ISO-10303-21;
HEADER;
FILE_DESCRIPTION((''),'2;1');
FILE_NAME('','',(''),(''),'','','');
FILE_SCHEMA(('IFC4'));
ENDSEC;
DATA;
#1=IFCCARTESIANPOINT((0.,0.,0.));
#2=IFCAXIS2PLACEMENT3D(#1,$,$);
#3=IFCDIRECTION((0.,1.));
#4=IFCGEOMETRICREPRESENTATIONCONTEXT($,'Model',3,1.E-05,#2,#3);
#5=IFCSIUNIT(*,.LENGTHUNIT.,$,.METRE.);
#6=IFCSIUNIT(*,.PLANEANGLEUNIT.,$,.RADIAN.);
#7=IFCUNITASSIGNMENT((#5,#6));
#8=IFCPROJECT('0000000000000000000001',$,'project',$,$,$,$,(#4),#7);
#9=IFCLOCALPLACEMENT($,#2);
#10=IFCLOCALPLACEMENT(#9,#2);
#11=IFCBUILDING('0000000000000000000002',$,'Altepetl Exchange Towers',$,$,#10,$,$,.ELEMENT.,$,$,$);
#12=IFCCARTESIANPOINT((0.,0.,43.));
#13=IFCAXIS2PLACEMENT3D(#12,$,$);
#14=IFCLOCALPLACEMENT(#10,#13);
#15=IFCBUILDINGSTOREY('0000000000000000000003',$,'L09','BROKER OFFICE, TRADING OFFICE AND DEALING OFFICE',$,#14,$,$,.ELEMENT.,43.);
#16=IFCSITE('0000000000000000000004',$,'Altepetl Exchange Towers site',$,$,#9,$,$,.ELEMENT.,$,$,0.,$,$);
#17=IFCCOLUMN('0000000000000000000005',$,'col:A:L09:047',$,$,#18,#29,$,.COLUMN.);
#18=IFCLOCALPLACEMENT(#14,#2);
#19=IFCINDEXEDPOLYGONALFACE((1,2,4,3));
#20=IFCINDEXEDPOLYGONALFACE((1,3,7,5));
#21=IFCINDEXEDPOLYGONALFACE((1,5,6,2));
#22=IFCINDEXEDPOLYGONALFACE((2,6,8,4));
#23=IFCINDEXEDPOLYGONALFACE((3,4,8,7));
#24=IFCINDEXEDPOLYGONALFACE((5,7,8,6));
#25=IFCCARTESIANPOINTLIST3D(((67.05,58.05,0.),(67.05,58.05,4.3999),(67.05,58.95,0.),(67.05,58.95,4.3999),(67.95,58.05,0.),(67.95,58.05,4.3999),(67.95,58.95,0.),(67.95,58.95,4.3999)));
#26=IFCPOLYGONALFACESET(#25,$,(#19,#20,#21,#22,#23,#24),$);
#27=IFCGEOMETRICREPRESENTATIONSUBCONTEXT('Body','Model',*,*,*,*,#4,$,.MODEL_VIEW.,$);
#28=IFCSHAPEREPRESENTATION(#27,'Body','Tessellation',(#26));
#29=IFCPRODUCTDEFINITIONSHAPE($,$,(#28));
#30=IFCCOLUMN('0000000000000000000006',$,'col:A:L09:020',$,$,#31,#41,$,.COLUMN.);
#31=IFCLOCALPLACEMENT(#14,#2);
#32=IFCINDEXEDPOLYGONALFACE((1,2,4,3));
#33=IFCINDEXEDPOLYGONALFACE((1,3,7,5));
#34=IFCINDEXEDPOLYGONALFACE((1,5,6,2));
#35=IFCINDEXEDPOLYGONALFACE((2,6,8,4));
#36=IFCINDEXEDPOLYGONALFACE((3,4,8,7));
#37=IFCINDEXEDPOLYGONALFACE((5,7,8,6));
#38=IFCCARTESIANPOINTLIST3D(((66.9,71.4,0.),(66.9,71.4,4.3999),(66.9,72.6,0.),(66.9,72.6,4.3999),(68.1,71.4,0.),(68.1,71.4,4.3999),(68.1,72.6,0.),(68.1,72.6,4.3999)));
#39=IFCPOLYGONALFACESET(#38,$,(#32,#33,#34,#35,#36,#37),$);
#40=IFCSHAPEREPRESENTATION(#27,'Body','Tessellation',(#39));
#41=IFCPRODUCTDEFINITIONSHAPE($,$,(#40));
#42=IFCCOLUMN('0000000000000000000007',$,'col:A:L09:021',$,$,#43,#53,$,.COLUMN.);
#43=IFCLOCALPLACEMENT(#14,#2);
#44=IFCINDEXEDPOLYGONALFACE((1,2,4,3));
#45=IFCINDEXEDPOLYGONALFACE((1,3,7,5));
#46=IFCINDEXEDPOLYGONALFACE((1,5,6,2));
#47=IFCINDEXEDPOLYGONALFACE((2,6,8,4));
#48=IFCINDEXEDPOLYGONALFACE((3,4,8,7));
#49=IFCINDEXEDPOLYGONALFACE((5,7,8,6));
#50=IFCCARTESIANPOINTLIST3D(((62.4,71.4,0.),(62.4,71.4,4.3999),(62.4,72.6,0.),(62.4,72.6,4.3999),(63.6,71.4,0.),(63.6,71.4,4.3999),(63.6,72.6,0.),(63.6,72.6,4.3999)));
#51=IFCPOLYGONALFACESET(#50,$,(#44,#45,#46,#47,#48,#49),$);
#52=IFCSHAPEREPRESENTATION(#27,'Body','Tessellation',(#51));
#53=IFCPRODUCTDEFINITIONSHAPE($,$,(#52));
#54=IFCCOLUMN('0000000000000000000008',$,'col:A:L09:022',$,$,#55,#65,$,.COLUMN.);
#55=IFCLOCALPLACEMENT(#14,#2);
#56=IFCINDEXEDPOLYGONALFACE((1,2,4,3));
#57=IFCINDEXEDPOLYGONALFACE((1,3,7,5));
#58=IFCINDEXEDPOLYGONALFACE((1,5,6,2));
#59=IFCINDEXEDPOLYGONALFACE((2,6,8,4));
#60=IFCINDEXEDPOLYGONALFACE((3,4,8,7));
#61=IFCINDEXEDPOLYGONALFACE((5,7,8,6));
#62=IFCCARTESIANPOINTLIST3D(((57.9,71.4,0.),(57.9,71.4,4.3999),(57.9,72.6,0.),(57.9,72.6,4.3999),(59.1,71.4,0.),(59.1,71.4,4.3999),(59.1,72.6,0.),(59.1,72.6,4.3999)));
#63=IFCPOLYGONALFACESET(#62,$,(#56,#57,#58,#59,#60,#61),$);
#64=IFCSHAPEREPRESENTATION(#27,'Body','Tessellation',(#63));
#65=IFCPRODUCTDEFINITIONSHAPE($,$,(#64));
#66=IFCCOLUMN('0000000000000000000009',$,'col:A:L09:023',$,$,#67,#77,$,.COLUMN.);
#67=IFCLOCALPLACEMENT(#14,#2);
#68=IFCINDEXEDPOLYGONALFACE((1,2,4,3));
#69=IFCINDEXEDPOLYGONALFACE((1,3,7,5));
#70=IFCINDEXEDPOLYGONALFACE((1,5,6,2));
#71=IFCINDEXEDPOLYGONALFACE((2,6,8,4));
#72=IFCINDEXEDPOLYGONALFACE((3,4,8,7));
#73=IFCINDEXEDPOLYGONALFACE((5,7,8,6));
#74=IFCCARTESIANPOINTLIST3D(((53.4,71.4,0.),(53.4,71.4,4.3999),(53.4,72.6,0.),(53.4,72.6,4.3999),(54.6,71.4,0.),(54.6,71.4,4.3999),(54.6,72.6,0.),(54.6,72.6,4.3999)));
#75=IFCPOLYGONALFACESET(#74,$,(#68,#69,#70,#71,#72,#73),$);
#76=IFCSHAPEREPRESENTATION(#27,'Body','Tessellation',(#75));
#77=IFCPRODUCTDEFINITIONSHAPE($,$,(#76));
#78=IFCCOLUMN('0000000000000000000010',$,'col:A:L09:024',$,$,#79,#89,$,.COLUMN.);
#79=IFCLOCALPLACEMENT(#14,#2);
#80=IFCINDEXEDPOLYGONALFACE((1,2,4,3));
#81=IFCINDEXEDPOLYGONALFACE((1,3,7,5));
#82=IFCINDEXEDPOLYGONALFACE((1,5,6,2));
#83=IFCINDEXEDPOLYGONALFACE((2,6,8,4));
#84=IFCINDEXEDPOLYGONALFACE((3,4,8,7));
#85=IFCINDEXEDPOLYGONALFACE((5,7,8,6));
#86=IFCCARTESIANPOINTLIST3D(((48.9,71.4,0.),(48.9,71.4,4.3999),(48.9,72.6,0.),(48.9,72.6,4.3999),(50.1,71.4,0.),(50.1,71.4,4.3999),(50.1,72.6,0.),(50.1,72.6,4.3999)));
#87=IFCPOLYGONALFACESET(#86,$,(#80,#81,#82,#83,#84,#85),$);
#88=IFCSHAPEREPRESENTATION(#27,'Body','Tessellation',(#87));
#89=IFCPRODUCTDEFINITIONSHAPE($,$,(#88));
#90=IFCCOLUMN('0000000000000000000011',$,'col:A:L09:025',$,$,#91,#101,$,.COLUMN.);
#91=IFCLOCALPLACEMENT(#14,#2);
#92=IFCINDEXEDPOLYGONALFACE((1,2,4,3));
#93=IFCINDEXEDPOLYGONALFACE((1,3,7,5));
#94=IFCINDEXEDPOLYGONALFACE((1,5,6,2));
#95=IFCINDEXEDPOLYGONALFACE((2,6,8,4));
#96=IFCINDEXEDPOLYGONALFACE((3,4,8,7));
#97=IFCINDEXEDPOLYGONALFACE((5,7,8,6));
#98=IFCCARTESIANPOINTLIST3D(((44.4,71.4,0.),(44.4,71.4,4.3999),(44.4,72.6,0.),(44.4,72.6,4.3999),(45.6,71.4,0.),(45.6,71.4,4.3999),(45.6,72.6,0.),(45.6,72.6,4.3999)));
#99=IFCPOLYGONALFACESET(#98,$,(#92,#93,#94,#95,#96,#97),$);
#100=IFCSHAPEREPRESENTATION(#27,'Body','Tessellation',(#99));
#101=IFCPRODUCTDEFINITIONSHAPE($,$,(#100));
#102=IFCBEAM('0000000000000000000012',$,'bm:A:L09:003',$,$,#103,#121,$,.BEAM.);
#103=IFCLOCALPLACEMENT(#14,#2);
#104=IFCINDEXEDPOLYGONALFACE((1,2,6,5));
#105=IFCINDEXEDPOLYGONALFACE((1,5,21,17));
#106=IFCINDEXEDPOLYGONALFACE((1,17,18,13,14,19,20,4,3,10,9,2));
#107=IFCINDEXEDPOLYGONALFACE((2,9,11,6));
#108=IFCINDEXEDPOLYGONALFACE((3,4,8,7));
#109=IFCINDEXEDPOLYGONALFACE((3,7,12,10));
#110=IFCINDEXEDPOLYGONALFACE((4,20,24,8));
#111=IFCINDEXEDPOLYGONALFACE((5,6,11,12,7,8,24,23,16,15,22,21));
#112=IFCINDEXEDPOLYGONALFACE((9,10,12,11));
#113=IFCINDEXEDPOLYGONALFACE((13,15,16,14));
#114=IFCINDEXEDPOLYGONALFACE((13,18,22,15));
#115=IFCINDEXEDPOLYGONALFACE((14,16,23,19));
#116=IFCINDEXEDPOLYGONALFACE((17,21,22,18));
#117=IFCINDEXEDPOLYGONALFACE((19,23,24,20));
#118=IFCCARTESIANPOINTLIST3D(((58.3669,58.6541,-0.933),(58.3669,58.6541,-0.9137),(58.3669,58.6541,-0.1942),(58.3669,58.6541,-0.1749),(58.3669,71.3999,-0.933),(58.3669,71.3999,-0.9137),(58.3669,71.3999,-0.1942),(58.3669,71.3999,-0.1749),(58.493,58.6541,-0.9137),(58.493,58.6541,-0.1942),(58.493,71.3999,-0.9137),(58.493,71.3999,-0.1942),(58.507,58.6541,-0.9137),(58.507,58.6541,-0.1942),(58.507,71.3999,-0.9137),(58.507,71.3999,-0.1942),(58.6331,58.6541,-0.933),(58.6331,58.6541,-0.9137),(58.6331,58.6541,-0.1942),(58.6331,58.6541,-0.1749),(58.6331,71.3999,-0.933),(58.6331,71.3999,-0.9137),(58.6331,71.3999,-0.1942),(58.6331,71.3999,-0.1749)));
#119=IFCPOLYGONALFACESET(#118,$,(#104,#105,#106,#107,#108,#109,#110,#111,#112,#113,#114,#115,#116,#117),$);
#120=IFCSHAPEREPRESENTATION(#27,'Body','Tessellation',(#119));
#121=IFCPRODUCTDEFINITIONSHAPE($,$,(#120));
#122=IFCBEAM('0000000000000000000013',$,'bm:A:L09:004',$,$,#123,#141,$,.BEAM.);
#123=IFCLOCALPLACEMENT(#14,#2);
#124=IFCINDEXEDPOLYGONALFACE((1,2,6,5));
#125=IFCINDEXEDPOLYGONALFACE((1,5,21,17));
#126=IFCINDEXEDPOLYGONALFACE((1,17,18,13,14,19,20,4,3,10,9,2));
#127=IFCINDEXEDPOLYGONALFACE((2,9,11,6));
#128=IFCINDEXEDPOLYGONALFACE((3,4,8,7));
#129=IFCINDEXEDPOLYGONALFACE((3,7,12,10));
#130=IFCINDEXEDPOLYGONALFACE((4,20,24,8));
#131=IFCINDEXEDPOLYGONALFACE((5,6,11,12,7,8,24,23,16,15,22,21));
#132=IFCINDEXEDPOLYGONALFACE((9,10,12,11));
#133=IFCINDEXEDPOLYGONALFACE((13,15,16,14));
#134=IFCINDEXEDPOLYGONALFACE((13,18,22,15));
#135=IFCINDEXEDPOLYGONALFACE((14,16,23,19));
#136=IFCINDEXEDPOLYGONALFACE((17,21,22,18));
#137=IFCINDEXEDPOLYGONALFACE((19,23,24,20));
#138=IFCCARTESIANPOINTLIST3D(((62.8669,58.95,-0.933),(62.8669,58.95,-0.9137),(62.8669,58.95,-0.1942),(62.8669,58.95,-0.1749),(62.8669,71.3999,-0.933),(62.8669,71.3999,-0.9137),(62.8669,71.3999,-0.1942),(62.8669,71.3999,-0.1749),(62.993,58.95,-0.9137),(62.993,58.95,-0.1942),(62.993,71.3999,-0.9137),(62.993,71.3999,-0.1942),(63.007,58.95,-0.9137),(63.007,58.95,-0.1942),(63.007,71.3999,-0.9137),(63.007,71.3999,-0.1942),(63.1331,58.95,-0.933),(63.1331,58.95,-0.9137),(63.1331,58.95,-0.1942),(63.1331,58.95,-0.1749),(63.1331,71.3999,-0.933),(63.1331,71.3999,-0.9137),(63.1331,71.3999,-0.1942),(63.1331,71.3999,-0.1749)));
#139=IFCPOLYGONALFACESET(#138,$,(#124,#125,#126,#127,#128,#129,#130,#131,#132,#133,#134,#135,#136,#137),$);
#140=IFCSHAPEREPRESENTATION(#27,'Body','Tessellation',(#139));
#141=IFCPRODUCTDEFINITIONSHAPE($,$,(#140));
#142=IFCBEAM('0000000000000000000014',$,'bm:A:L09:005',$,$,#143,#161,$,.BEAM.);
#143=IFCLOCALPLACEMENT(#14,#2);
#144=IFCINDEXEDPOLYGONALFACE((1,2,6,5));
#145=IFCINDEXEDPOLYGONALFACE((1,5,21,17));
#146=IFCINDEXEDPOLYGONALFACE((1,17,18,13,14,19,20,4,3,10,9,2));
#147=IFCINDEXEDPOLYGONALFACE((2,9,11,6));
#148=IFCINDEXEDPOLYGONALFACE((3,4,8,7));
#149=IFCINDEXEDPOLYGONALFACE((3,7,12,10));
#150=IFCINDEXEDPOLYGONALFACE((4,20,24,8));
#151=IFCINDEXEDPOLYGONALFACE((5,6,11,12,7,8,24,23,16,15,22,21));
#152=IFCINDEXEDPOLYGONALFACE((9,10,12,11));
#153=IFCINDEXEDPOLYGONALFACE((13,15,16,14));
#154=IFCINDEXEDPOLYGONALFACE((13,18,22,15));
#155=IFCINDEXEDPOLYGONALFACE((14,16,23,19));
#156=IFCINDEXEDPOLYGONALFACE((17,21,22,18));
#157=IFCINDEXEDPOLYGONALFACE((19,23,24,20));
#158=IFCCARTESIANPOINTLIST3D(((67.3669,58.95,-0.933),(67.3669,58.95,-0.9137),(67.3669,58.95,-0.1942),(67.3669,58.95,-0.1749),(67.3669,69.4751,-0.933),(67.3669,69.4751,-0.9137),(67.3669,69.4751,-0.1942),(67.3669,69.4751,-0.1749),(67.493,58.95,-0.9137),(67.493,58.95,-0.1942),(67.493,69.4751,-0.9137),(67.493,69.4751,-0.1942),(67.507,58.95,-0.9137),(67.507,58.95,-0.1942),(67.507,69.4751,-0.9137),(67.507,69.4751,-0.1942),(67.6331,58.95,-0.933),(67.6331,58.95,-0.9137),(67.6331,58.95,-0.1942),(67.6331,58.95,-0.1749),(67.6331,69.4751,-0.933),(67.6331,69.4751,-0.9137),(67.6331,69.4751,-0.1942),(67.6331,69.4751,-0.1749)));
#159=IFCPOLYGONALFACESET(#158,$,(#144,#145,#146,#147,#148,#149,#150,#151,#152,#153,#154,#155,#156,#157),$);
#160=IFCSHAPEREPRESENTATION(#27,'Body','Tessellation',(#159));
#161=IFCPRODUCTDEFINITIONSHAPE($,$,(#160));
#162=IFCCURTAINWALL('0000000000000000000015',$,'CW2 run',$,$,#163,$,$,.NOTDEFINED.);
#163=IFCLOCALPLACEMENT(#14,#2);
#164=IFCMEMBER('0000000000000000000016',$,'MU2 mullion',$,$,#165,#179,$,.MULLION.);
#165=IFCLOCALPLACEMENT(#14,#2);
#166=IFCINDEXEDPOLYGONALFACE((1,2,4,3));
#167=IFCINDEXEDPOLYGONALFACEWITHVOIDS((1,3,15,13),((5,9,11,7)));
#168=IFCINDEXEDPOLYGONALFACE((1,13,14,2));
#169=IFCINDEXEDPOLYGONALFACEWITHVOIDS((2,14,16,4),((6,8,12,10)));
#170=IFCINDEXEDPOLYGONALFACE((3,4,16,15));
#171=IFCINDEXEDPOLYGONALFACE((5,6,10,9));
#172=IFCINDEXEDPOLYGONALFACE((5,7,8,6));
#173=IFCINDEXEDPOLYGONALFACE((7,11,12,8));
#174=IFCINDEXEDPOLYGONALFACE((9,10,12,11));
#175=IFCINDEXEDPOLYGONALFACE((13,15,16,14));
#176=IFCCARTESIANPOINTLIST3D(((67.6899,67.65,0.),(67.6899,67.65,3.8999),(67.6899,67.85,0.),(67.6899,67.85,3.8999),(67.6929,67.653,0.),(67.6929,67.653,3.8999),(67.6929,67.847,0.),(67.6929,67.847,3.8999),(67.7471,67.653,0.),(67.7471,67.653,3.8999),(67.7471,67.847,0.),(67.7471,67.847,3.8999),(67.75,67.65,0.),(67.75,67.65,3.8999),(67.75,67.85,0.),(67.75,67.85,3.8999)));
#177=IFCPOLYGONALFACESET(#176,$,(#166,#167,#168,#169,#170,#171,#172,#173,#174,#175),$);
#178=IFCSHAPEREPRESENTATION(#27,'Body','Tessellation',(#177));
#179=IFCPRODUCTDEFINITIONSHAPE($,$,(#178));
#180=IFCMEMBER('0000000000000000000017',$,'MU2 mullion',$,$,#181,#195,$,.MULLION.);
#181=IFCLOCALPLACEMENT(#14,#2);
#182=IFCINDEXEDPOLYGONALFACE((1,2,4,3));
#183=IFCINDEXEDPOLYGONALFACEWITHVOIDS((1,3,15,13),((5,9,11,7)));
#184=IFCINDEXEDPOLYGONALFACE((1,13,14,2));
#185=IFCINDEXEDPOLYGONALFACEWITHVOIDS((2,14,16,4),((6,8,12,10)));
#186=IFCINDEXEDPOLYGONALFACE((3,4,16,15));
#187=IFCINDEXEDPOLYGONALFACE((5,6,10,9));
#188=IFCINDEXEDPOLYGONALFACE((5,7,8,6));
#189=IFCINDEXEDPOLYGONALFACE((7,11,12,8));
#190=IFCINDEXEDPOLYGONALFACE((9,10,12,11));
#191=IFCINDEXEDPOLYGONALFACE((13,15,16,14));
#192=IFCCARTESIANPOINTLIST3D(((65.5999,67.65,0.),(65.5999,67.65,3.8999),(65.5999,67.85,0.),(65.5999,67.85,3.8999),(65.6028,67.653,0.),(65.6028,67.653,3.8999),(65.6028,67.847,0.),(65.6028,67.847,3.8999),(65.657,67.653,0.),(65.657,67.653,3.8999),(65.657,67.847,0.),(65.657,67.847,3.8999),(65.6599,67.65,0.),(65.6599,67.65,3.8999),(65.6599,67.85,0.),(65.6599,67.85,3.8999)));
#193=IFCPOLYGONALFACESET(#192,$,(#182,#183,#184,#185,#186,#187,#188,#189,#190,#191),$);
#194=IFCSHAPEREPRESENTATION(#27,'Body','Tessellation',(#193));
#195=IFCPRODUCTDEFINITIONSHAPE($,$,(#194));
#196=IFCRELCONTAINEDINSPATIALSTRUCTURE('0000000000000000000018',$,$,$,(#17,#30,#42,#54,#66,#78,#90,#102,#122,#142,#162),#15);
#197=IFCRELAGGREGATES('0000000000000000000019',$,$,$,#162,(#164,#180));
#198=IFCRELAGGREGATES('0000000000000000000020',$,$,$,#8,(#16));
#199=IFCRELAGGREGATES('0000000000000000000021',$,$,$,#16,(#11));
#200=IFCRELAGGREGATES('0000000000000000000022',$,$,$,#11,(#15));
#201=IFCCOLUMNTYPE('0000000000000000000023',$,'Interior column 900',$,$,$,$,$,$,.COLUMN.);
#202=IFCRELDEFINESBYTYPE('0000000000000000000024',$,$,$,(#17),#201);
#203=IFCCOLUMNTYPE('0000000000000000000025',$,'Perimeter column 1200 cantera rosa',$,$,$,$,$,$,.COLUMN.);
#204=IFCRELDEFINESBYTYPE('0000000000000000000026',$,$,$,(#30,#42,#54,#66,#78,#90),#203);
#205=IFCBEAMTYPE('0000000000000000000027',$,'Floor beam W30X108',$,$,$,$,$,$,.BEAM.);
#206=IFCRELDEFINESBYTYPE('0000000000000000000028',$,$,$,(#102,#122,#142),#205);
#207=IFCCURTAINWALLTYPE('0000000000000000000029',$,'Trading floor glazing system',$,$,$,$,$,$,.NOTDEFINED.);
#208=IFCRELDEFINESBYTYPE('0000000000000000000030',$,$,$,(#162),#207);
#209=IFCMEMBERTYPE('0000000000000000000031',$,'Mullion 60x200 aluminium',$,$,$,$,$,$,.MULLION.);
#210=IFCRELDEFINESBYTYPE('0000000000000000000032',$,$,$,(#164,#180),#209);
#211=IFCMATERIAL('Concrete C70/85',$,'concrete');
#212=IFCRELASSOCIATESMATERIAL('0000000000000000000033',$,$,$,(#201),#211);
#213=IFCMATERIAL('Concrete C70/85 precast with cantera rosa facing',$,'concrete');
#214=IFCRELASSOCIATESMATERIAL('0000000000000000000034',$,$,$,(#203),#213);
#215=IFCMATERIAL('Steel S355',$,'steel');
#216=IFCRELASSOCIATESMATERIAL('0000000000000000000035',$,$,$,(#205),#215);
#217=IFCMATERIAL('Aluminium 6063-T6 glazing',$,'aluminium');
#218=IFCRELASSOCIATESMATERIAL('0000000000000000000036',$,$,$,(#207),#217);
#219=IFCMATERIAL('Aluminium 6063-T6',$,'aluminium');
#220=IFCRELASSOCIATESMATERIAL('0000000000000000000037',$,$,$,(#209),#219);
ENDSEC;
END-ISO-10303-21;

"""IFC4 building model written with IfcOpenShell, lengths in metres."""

from ifc_helpers import new_model, si_unit, direction, frame, origin, origin_2d, place, context, subcontext, project, spatial, rectangle, hollow_rectangle, i_section, extrude, material, material_profile, profile_set, type_object, element, aggregate, save


model = new_model("IFC4")

# Units and contexts
model_context = context("Model", 3, precision=1e-05, world=origin(), true_north=direction((0.0, 1.0)))
body_context = subcontext(model_context, "Body", "Model", "MODEL_VIEW")
ifc_project = project(units=[si_unit("LENGTHUNIT", "METRE"), si_unit("PLANEANGLEUNIT", "RADIAN")], contexts=[model_context])

# Site, building, storey
site_placement = place(None, origin())
site = spatial("IfcSite", under=ifc_project, at=site_placement, Name="Altepetl Exchange Towers site", CompositionType="ELEMENT", RefElevation=0.0)
building_placement = place(site_placement, origin())
building = spatial("IfcBuilding", under=site, at=building_placement, Name="Altepetl Exchange Towers", CompositionType="ELEMENT")
storey_placement = place(building_placement, frame((0.0, 0.0, 43.0)))
storey = spatial("IfcBuildingStorey", under=building, at=storey_placement, Name="L09", Description="BROKER OFFICE, TRADING OFFICE AND DEALING OFFICE", CompositionType="ELEMENT", Elevation=43.0)

# Columns
ifc_material_1 = material(Name="Concrete C70/85", Category="concrete")
ifc_material_profile_1 = material_profile(ifc_material_1, rectangle(XDim=0.8999, YDim=0.8999, at=origin_2d()), Name="900 x 900")
ifc_profile_set_1 = profile_set([ifc_material_profile_1], Name="Concrete C70/85")
column_type_1 = type_object("IfcColumnType", Name="Interior column 900", PredefinedType="COLUMN", material=ifc_profile_set_1)
column_placement = place(storey_placement, frame((67.5, 58.5, 0.0)))
element("IfcColumn", 1, at=column_placement, inside=storey, type_object=column_type_1, Name="col:A:L09:047", PredefinedType="COLUMN", context=body_context, shape_type="SweptSolid", body=[
    extrude(rectangle(XDim=0.8999, YDim=0.8999, at=origin_2d()), origin(), (0.0, 0.0, 1.0), 4.3999),
])
ifc_material_2 = material(Name="Concrete C70/85 precast with cantera rosa facing", Category="concrete")
ifc_material_profile_2 = material_profile(ifc_material_2, rectangle(XDim=1.2, YDim=1.2, at=origin_2d()), Name="1200 x 1200")
ifc_profile_set_2 = profile_set([ifc_material_profile_2], Name="Concrete C70/85 precast with cantera rosa facing")
column_type_2 = type_object("IfcColumnType", Name="Perimeter column 1200 cantera rosa", PredefinedType="COLUMN", material=ifc_profile_set_2)
for number, where, name in (
    (2, (67.5, 72.0, 0.0), "col:A:L09:020"),
    (3, (63.0, 72.0, 0.0), "col:A:L09:021"),
    (4, (58.5, 72.0, 0.0), "col:A:L09:022"),
    (5, (54.0, 72.0, 0.0), "col:A:L09:023"),
    (6, (49.5, 72.0, 0.0), "col:A:L09:024"),
    (7, (45.0, 72.0, 0.0), "col:A:L09:025"),
):
    element("IfcColumn", number, at=place(storey_placement, frame(where)), inside=storey, type_object=column_type_2, Name=name, PredefinedType="COLUMN", context=body_context, shape_type="SweptSolid", body=[
        extrude(rectangle(XDim=1.2, YDim=1.2, at=origin_2d()), origin(), (0.0, 0.0, 1.0), 4.3999),
    ])

# Beams
ifc_material_3 = material(Name="Steel S355", Category="steel")
ifc_material_profile_3 = material_profile(ifc_material_3, i_section(OverallWidth=0.2661, OverallDepth=0.7581, WebThickness=0.0139, FlangeThickness=0.0193, at=origin_2d()), Name="W30X108")
ifc_profile_set_3 = profile_set([ifc_material_profile_3], Name="Steel S355")
beam_type_1 = type_object("IfcBeamType", Name="Floor beam W30X108", PredefinedType="BEAM", material=ifc_profile_set_3)
beam_1_placement = place(storey_placement, frame((58.5, 58.6541, -0.554), z_axis=(0.0, 1.0, 0.0), x_axis=(-1.0, 0.0, 0.0)))
element("IfcBeam", 8, at=beam_1_placement, inside=storey, type_object=beam_type_1, Name="bm:A:L09:003", PredefinedType="BEAM", context=body_context, shape_type="SweptSolid", body=[
    extrude(i_section(OverallWidth=0.2661, OverallDepth=0.7581, WebThickness=0.0139, FlangeThickness=0.0193, at=origin_2d()), origin(), (0.0, 0.0, 1.0), 12.7458),
])
beam_2_placement = place(storey_placement, frame((63.0, 58.95, -0.554), z_axis=(0.0, 1.0, 0.0), x_axis=(-1.0, 0.0, 0.0)))
element("IfcBeam", 9, at=beam_2_placement, inside=storey, type_object=beam_type_1, Name="bm:A:L09:004", PredefinedType="BEAM", context=body_context, shape_type="SweptSolid", body=[
    extrude(i_section(OverallWidth=0.2661, OverallDepth=0.7581, WebThickness=0.0139, FlangeThickness=0.0193, at=origin_2d()), origin(), (0.0, 0.0, 1.0), 12.45),
])
beam_3_placement = place(storey_placement, frame((67.5, 58.95, -0.554), z_axis=(0.0, 1.0, 0.0), x_axis=(-1.0, 0.0, 0.0)))
element("IfcBeam", 10, at=beam_3_placement, inside=storey, type_object=beam_type_1, Name="bm:A:L09:005", PredefinedType="BEAM", context=body_context, shape_type="SweptSolid", body=[
    extrude(i_section(OverallWidth=0.2661, OverallDepth=0.7581, WebThickness=0.0139, FlangeThickness=0.0193, at=origin_2d()), origin(), (0.0, 0.0, 1.0), 10.5251),
])

# Curtain wall, members
ifc_material_4 = material(Name="Aluminium 6063-T6 glazing", Category="aluminium")
curtain_wall_type = type_object("IfcCurtainWallType", Name="Trading floor glazing system", PredefinedType="NOTDEFINED", material=ifc_material_4)
curtain_wall_1_placement = place(storey_placement, origin())
curtain_wall_1 = element("IfcCurtainWall", 11, at=curtain_wall_1_placement, inside=storey, type_object=curtain_wall_type, Name="CW2 run", PredefinedType="NOTDEFINED")
ifc_material_5 = material(Name="Aluminium 6063-T6", Category="aluminium")
ifc_material_profile_4 = material_profile(ifc_material_5, hollow_rectangle(XDim=0.0601, YDim=0.2, WallThickness=0.0029, at=origin_2d()), Name="Mullion 60x200 aluminium")
ifc_profile_set_4 = profile_set([ifc_material_profile_4], Name="Aluminium 6063-T6")
member_type = type_object("IfcMemberType", Name="Mullion 60x200 aluminium", PredefinedType="MULLION", material=ifc_profile_set_4)
member_1_placement = place(storey_placement, frame((67.72, 67.75, 0.0), z_axis=(0.0, 0.0, 1.0), x_axis=(-1.0, 0.0, 0.0)))
member_1 = element("IfcMember", 12, at=member_1_placement, type_object=member_type, Name="MU2 mullion", PredefinedType="MULLION", context=body_context, shape_type="SweptSolid", body=[
    extrude(hollow_rectangle(XDim=0.0601, YDim=0.2, WallThickness=0.0029, at=origin_2d()), origin(), (0.0, 0.0, 1.0), 3.8999),
])
member_2_placement = place(storey_placement, frame((65.6299, 67.75, 0.0), z_axis=(0.0, 0.0, 1.0), x_axis=(-1.0, 0.0, 0.0)))
member_2 = element("IfcMember", 13, at=member_2_placement, type_object=member_type, Name="MU2 mullion", PredefinedType="MULLION", context=body_context, shape_type="SweptSolid", body=[
    extrude(hollow_rectangle(XDim=0.0601, YDim=0.2, WallThickness=0.0029, at=origin_2d()), origin(), (0.0, 0.0, 1.0), 3.8999),
])

aggregate(curtain_wall_1, [member_1, member_2])

save(model, "model.ifc")
